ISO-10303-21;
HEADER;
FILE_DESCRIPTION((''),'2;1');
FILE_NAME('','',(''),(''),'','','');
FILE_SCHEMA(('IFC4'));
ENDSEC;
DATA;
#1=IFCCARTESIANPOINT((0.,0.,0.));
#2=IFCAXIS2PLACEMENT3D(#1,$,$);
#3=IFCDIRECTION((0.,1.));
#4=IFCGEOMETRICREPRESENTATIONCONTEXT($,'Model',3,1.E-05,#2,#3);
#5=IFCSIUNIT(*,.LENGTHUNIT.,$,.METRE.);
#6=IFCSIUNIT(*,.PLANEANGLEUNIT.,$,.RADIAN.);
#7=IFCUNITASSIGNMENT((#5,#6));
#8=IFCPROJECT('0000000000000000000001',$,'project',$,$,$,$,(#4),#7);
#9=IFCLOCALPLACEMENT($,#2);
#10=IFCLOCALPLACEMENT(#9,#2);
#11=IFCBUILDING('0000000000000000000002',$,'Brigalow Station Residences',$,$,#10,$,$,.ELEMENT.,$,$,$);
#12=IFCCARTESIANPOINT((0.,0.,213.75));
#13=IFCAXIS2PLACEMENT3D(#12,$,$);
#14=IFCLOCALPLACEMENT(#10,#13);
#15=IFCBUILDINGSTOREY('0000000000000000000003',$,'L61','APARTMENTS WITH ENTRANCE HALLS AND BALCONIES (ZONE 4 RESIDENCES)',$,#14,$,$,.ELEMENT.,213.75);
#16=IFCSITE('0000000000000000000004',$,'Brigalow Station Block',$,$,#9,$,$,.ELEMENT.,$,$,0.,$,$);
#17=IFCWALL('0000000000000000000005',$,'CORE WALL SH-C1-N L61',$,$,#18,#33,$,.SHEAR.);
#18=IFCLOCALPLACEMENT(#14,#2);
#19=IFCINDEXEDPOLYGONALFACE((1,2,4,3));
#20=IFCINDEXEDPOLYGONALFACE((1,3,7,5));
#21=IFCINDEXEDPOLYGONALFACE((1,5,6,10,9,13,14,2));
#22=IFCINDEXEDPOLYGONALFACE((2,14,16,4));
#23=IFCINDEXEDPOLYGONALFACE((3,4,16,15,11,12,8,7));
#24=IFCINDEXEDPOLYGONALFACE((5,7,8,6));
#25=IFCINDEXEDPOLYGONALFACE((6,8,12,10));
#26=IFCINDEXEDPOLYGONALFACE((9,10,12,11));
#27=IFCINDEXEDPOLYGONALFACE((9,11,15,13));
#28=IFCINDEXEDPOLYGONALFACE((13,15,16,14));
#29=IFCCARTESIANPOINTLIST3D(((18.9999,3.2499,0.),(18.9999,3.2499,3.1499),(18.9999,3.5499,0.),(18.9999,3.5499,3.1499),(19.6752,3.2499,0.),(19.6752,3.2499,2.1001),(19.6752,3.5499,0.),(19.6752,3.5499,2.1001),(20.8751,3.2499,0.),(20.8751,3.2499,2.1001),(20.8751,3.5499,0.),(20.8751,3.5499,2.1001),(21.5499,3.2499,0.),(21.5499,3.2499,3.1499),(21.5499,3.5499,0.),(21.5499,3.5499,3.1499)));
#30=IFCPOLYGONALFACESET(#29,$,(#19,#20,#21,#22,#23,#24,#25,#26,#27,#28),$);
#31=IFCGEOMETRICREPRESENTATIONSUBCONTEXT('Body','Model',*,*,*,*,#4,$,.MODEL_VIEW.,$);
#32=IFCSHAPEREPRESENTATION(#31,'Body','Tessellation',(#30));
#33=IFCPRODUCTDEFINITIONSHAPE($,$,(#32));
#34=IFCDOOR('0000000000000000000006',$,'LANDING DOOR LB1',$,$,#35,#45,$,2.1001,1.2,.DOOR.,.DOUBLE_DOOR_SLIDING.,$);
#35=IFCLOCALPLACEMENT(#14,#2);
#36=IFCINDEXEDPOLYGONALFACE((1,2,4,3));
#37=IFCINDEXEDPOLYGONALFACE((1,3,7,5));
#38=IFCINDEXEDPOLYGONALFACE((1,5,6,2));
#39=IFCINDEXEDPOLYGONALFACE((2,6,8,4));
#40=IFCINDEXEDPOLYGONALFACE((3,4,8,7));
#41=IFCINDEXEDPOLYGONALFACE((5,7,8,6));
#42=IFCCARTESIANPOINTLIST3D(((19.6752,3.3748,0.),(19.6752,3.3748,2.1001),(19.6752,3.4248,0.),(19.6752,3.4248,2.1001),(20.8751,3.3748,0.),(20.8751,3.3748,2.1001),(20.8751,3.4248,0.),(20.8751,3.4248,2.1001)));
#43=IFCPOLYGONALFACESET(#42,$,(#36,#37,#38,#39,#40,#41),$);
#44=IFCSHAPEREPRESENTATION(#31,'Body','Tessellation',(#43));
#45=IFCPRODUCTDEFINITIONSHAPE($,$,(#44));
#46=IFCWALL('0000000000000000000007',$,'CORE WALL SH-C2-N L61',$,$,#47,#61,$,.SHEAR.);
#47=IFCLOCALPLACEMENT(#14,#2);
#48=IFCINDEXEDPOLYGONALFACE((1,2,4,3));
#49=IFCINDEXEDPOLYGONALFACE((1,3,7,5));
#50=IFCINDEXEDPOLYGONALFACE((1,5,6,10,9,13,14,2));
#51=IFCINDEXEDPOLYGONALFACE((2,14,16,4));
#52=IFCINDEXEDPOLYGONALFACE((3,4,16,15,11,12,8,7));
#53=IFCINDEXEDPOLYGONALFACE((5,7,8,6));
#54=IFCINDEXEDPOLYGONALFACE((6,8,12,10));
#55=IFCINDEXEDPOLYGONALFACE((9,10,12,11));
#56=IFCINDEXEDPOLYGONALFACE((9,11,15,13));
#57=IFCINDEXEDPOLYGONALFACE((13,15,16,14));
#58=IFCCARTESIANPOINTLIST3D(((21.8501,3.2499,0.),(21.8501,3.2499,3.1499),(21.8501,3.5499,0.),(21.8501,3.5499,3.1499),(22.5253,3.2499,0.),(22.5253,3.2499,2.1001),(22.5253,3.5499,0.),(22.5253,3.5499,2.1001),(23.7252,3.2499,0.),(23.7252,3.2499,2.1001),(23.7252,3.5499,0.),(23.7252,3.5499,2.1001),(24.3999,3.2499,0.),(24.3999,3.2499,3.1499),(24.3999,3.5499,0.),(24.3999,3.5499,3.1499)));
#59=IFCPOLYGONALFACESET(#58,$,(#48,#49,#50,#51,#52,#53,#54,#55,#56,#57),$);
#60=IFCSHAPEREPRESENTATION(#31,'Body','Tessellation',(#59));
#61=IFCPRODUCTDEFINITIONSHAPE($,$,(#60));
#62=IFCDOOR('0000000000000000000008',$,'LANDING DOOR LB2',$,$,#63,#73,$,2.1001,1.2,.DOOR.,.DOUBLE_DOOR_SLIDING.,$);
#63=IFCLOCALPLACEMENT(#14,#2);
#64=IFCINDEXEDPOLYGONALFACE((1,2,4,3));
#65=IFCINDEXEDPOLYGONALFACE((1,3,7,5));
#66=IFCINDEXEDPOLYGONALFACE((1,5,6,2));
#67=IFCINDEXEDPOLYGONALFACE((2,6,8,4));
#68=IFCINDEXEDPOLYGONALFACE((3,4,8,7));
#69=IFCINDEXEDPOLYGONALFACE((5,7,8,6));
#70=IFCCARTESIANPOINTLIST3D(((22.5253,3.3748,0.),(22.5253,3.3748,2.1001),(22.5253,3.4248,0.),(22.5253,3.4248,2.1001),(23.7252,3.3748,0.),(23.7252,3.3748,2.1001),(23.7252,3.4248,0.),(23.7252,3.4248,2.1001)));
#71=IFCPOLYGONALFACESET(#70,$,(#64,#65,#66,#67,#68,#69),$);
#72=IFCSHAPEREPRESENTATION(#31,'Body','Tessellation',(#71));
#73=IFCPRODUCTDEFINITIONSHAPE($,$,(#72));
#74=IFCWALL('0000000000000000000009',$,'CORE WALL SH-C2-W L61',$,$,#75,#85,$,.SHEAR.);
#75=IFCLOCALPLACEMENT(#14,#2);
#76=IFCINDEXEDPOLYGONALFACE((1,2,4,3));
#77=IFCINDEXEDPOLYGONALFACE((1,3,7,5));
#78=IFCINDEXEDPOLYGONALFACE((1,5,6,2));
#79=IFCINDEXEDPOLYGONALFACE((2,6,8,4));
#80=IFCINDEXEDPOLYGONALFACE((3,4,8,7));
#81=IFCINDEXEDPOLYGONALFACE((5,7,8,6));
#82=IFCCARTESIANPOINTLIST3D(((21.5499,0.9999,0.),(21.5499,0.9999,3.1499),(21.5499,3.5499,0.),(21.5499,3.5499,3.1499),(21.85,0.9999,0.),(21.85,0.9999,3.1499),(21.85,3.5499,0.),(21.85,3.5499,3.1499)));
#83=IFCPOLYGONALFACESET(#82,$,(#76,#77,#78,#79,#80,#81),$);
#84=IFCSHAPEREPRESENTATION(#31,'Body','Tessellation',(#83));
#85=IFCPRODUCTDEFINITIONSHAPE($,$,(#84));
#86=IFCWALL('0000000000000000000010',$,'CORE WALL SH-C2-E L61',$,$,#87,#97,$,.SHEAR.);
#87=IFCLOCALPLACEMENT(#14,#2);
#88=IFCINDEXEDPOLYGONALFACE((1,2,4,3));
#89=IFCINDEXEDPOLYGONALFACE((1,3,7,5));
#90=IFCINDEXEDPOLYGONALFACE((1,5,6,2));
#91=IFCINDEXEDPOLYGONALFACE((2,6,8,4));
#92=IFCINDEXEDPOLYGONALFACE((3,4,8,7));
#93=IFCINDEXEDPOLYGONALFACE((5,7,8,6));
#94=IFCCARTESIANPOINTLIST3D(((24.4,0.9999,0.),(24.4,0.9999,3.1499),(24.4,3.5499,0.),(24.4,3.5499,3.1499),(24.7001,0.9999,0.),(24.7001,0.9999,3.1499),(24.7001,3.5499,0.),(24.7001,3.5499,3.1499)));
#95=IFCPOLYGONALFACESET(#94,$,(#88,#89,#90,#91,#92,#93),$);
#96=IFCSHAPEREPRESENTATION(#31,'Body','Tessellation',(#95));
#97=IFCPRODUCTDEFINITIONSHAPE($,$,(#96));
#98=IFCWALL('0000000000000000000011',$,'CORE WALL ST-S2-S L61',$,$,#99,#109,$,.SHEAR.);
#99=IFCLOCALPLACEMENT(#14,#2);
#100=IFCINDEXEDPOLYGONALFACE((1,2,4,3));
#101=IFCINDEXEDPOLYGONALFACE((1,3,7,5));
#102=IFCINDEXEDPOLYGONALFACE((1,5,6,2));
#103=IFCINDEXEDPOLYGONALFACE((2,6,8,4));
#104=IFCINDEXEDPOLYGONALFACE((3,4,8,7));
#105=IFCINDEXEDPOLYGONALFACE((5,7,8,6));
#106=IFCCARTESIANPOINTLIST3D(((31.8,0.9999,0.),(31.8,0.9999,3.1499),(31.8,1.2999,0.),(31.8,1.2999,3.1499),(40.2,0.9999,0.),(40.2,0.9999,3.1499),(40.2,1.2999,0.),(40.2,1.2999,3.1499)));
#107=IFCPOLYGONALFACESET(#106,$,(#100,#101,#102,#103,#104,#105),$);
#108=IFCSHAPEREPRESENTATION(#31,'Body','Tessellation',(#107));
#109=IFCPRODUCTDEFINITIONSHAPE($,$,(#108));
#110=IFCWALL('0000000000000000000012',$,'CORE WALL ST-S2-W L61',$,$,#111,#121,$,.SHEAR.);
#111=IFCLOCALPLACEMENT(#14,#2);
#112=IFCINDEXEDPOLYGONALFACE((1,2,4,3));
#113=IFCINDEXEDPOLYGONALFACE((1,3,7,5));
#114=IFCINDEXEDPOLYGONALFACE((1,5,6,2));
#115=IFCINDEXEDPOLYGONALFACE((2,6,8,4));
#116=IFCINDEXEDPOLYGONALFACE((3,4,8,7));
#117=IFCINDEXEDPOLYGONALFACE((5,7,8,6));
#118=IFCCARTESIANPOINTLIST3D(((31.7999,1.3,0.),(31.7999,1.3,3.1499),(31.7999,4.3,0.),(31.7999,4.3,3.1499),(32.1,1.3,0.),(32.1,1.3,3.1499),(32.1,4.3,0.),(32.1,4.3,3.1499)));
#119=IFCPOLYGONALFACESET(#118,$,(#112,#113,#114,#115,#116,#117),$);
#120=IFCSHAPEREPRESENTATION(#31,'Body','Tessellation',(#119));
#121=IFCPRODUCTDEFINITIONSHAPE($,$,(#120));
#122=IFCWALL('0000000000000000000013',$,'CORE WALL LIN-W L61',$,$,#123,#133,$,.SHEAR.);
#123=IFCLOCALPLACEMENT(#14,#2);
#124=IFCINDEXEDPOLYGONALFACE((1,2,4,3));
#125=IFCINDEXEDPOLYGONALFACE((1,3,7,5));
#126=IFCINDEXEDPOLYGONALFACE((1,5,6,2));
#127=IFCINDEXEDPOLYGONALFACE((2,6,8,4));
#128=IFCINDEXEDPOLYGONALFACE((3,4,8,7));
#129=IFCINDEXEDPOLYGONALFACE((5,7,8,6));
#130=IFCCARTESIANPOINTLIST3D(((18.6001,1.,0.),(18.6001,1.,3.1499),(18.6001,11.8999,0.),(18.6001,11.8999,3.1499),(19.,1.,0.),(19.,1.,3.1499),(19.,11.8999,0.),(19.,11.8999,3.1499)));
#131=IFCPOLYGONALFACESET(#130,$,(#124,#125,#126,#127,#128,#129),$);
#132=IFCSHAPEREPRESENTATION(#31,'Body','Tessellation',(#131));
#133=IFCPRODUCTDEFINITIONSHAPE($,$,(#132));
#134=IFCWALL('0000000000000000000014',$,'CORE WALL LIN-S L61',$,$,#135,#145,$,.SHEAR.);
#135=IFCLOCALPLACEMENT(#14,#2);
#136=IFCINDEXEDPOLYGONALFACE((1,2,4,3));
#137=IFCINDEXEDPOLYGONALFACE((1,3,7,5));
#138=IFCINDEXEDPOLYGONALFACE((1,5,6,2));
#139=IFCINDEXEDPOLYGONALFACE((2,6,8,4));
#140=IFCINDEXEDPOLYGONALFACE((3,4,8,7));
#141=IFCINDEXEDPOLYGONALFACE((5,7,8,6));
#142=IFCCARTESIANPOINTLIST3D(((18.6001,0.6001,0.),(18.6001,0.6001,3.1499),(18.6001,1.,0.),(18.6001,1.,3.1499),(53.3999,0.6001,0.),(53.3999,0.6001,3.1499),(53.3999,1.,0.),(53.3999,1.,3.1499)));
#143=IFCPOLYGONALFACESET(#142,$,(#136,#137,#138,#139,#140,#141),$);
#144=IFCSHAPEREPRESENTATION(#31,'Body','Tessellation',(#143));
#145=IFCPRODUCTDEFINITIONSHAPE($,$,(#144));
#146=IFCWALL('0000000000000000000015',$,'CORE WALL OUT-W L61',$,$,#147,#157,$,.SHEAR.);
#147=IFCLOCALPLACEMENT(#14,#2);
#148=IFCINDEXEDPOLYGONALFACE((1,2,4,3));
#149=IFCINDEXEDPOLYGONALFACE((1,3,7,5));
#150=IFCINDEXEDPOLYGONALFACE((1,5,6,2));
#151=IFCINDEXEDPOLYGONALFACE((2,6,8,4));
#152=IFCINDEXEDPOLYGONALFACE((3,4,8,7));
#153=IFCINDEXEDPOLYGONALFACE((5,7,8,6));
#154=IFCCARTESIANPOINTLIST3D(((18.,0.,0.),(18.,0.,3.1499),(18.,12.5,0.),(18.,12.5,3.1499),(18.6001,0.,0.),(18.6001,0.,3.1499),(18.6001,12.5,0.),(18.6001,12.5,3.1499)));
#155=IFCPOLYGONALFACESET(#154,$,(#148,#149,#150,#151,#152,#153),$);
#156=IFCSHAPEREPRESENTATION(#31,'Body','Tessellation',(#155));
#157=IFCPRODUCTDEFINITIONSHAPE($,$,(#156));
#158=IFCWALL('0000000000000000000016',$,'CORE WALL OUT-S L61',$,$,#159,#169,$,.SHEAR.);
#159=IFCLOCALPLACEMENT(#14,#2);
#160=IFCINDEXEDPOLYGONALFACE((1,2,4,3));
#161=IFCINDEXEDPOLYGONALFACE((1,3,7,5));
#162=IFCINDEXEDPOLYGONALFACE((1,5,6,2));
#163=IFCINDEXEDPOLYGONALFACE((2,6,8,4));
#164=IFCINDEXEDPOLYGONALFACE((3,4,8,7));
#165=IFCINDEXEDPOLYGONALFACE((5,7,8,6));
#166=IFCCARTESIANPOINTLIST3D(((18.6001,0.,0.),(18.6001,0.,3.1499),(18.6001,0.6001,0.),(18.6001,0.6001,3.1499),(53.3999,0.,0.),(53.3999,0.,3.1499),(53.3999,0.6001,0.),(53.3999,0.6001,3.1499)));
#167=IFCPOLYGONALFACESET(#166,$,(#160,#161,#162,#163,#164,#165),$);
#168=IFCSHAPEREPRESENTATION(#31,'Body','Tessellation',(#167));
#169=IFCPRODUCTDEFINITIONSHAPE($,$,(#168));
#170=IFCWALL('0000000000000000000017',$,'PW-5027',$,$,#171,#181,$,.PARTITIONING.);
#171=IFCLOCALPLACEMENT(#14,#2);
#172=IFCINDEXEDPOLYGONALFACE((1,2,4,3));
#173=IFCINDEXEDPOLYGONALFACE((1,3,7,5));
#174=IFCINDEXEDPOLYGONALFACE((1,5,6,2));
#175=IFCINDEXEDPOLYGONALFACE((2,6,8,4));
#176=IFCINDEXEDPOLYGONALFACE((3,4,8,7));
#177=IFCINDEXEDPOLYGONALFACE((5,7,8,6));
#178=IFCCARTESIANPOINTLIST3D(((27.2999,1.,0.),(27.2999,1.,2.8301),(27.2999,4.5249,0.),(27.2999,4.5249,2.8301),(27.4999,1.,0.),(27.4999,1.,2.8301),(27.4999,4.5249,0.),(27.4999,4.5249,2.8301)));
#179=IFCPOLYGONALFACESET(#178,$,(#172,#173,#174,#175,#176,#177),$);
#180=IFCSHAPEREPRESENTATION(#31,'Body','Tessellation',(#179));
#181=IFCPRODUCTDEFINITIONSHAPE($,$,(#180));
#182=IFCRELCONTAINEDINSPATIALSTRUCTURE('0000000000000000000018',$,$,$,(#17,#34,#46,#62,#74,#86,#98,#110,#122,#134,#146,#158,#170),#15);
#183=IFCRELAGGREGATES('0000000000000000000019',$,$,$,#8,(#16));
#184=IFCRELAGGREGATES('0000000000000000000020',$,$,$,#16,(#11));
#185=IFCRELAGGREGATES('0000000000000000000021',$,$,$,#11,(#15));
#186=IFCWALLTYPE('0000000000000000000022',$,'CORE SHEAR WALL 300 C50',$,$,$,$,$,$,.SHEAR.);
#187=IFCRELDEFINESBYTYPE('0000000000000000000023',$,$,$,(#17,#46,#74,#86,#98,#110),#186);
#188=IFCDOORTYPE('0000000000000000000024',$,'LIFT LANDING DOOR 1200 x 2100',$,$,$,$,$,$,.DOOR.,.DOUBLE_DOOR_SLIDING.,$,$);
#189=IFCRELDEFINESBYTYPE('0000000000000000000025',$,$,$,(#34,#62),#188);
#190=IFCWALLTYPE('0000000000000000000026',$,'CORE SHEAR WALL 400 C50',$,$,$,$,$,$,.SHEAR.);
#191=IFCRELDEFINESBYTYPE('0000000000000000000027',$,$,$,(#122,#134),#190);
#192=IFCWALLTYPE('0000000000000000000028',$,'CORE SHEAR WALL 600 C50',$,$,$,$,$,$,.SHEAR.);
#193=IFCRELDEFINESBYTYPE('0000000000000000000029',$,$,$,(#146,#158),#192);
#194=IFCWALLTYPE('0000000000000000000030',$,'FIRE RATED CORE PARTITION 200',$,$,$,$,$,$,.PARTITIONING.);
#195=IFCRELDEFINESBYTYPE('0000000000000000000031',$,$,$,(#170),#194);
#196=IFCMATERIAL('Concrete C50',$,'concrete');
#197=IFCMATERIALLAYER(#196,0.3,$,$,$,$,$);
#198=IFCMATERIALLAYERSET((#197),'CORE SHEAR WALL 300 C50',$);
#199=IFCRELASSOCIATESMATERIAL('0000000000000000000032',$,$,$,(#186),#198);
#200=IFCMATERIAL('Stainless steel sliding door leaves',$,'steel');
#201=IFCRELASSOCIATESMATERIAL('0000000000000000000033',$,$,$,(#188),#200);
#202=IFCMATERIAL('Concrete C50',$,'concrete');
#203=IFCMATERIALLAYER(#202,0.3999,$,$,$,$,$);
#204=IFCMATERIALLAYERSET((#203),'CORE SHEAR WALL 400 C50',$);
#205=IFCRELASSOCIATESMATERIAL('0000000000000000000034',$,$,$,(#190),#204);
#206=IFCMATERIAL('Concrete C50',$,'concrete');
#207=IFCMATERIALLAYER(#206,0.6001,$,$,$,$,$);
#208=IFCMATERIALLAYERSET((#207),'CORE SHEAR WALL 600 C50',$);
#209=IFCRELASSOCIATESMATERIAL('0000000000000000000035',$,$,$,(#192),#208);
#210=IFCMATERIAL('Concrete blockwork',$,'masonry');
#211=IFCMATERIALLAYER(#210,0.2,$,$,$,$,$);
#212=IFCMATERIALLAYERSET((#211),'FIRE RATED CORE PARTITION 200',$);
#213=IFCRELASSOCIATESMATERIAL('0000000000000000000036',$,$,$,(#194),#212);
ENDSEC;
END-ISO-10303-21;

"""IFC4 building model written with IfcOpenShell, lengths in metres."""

from ifc_helpers import new_model, si_unit, direction, frame, frame_2d, origin, place, context, subcontext, project, spatial, rectangle, extrude, material, layer, layer_set, type_object, element, fill, save


model = new_model("IFC4")

# Units and contexts
model_context = context("Model", 3, precision=1e-05, world=origin(), true_north=direction((0.0, 1.0)))
body_context = subcontext(model_context, "Body", "Model", "MODEL_VIEW")
ifc_project = project(units=[si_unit("LENGTHUNIT", "METRE"), si_unit("PLANEANGLEUNIT", "RADIAN")], contexts=[model_context])

# Site, building, storey
site_placement = place(None, origin())
site = spatial("IfcSite", under=ifc_project, at=site_placement, Name="Brigalow Station Block", CompositionType="ELEMENT", RefElevation=0.0)
building_placement = place(site_placement, origin())
building = spatial("IfcBuilding", under=site, at=building_placement, Name="Brigalow Station Residences", CompositionType="ELEMENT")
storey_placement = place(building_placement, frame((0.0, 0.0, 213.75)))
storey = spatial("IfcBuildingStorey", under=building, at=storey_placement, Name="L61", Description="APARTMENTS WITH ENTRANCE HALLS AND BALCONIES (ZONE 4 RESIDENCES)", CompositionType="ELEMENT", Elevation=213.75)

# Walls, openings, doors
ifc_material_1 = material(Name="Concrete C50", Category="concrete")
ifc_layer_1 = layer(ifc_material_1, 0.3)
ifc_layer_set_1 = layer_set([ifc_layer_1], Name="CORE SHEAR WALL 300 C50")
wall_type_1 = type_object("IfcWallType", Name="CORE SHEAR WALL 300 C50", PredefinedType="SHEAR", material=ifc_layer_set_1)
wall_1_placement = place(storey_placement, frame((19.0, 3.3999, 0.0), z_axis=(0.0, 0.0, 1.0), x_axis=(1.0, 0.0, 0.0)))
wall_1 = element("IfcWall", 1, at=wall_1_placement, inside=storey, type_object=wall_type_1, Name="CORE WALL SH-C1-N L61", PredefinedType="SHEAR", context=body_context, shape_type="SweptSolid", body=[
    extrude(rectangle(XDim=2.55, YDim=0.3, at=frame_2d((1.2749, 0.0))), origin(), (0.0, 0.0, 1.0), 3.1499),
])
opening_1_placement = place(wall_1_placement, frame((0.675, 0.0, 0.0)))
opening_1 = element("IfcOpeningElement", 2, at=opening_1_placement, cuts=wall_1, PredefinedType="OPENING", context=body_context, shape_type="SweptSolid", body=[
    extrude(rectangle(XDim=1.2, YDim=2.1001, at=frame_2d((0.6001, 1.05))), frame((0.0, 0.1602, 0.0), z_axis=(0.0, -1.0, 0.0), x_axis=(1.0, 0.0, 0.0)), (0.0, 0.0, 1.0), 0.3201),
])
ifc_material_2 = material(Name="Stainless steel sliding door leaves", Category="steel")
door_type = type_object("IfcDoorType", Name="LIFT LANDING DOOR 1200 x 2100", OperationType="DOUBLE_DOOR_SLIDING", PredefinedType="DOOR", material=ifc_material_2)
door_1_placement = place(opening_1_placement, origin())
door_1 = element("IfcDoor", 3, at=door_1_placement, inside=storey, type_object=door_type, Name="LANDING DOOR LB1", OperationType="DOUBLE_DOOR_SLIDING", OverallHeight=2.1001, OverallWidth=1.2, PredefinedType="DOOR", context=body_context, shape_type="SweptSolid", body=[
    extrude(rectangle(XDim=1.2, YDim=2.1001, at=frame_2d((0.6001, 1.05))), frame((0.0, 0.0249, 0.0), z_axis=(0.0, -1.0, 0.0), x_axis=(1.0, 0.0, 0.0)), (0.0, 0.0, 1.0), 0.05),
])
fill(opening_1, door_1)
wall_2_placement = place(storey_placement, frame((21.8501, 3.3999, 0.0), z_axis=(0.0, 0.0, 1.0), x_axis=(1.0, 0.0, 0.0)))
wall_2 = element("IfcWall", 4, at=wall_2_placement, inside=storey, type_object=wall_type_1, Name="CORE WALL SH-C2-N L61", PredefinedType="SHEAR", context=body_context, shape_type="SweptSolid", body=[
    extrude(rectangle(XDim=2.5498, YDim=0.3, at=frame_2d((1.2749, 0.0))), origin(), (0.0, 0.0, 1.0), 3.1499),
])
opening_2_placement = place(wall_2_placement, frame((0.675, 0.0, 0.0)))
opening_2 = element("IfcOpeningElement", 5, at=opening_2_placement, cuts=wall_2, PredefinedType="OPENING", context=body_context, shape_type="SweptSolid", body=[
    extrude(rectangle(XDim=1.2, YDim=2.1001, at=frame_2d((0.6001, 1.05))), frame((0.0, 0.1602, 0.0), z_axis=(0.0, -1.0, 0.0), x_axis=(1.0, 0.0, 0.0)), (0.0, 0.0, 1.0), 0.3201),
])
door_2_placement = place(opening_2_placement, origin())
door_2 = element("IfcDoor", 6, at=door_2_placement, inside=storey, type_object=door_type, Name="LANDING DOOR LB2", OperationType="DOUBLE_DOOR_SLIDING", OverallHeight=2.1001, OverallWidth=1.2, PredefinedType="DOOR", context=body_context, shape_type="SweptSolid", body=[
    extrude(rectangle(XDim=1.2, YDim=2.1001, at=frame_2d((0.6001, 1.05))), frame((0.0, 0.0249, 0.0), z_axis=(0.0, -1.0, 0.0), x_axis=(1.0, 0.0, 0.0)), (0.0, 0.0, 1.0), 0.05),
])
fill(opening_2, door_2)

# Walls
for number, where, z_axis, x_axis, name in (
    (7, (21.7, 1.0, 0.0), (0.0, 0.0, 1.0), (0.0, 1.0, 0.0), "CORE WALL SH-C2-W L61"),
    (8, (24.55, 1.0, 0.0), (0.0, 0.0, 1.0), (0.0, 1.0, 0.0), "CORE WALL SH-C2-E L61"),
):
    element("IfcWall", number, at=place(storey_placement, frame(where, z_axis=z_axis, x_axis=x_axis)), inside=storey, type_object=wall_type_1, Name=name, PredefinedType="SHEAR", context=body_context, shape_type="SweptSolid", body=[
        extrude(rectangle(XDim=2.55, YDim=0.3, at=frame_2d((1.2749, 0.0))), origin(), (0.0, 0.0, 1.0), 3.1499),
    ])
wall_3_placement = place(storey_placement, frame((31.8, 1.1499, 0.0), z_axis=(0.0, 0.0, 1.0), x_axis=(1.0, 0.0, 0.0)))
element("IfcWall", 9, at=wall_3_placement, inside=storey, type_object=wall_type_1, Name="CORE WALL ST-S2-S L61", PredefinedType="SHEAR", context=body_context, shape_type="SweptSolid", body=[
    extrude(rectangle(XDim=8.3999, YDim=0.3, at=frame_2d((4.2, 0.0))), origin(), (0.0, 0.0, 1.0), 3.1499),
])
wall_4_placement = place(storey_placement, frame((31.95, 1.3, 0.0), z_axis=(0.0, 0.0, 1.0), x_axis=(0.0, 1.0, 0.0)))
element("IfcWall", 10, at=wall_4_placement, inside=storey, type_object=wall_type_1, Name="CORE WALL ST-S2-W L61", PredefinedType="SHEAR", context=body_context, shape_type="SweptSolid", body=[
    extrude(rectangle(XDim=3.0, YDim=0.3, at=frame_2d((1.5, 0.0))), origin(), (0.0, 0.0, 1.0), 3.1499),
])
ifc_material_3 = material(Name="Concrete C50", Category="concrete")
ifc_layer_2 = layer(ifc_material_3, 0.3999)
ifc_layer_set_2 = layer_set([ifc_layer_2], Name="CORE SHEAR WALL 400 C50")
wall_type_2 = type_object("IfcWallType", Name="CORE SHEAR WALL 400 C50", PredefinedType="SHEAR", material=ifc_layer_set_2)
wall_5_placement = place(storey_placement, frame((18.8, 1.0, 0.0), z_axis=(0.0, 0.0, 1.0), x_axis=(0.0, 1.0, 0.0)))
element("IfcWall", 11, at=wall_5_placement, inside=storey, type_object=wall_type_2, Name="CORE WALL LIN-W L61", PredefinedType="SHEAR", context=body_context, shape_type="SweptSolid", body=[
    extrude(rectangle(XDim=10.8999, YDim=0.3999, at=frame_2d((5.45, 0.0))), origin(), (0.0, 0.0, 1.0), 3.1499),
])
wall_6_placement = place(storey_placement, frame((18.6001, 0.8, 0.0), z_axis=(0.0, 0.0, 1.0), x_axis=(1.0, 0.0, 0.0)))
element("IfcWall", 12, at=wall_6_placement, inside=storey, type_object=wall_type_2, Name="CORE WALL LIN-S L61", PredefinedType="SHEAR", context=body_context, shape_type="SweptSolid", body=[
    extrude(rectangle(XDim=34.7998, YDim=0.3999, at=frame_2d((17.3999, 0.0))), origin(), (0.0, 0.0, 1.0), 3.1499),
])
ifc_material_4 = material(Name="Concrete C50", Category="concrete")
ifc_layer_3 = layer(ifc_material_4, 0.6001)
ifc_layer_set_3 = layer_set([ifc_layer_3], Name="CORE SHEAR WALL 600 C50")
wall_type_3 = type_object("IfcWallType", Name="CORE SHEAR WALL 600 C50", PredefinedType="SHEAR", material=ifc_layer_set_3)
wall_7_placement = place(storey_placement, frame((18.3, 0.0, 0.0), z_axis=(0.0, 0.0, 1.0), x_axis=(0.0, 1.0, 0.0)))
element("IfcWall", 13, at=wall_7_placement, inside=storey, type_object=wall_type_3, Name="CORE WALL OUT-W L61", PredefinedType="SHEAR", context=body_context, shape_type="SweptSolid", body=[
    extrude(rectangle(XDim=12.5, YDim=0.6001, at=frame_2d((6.25, 0.0))), origin(), (0.0, 0.0, 1.0), 3.1499),
])
wall_8_placement = place(storey_placement, frame((18.6001, 0.3, 0.0), z_axis=(0.0, 0.0, 1.0), x_axis=(1.0, 0.0, 0.0)))
element("IfcWall", 14, at=wall_8_placement, inside=storey, type_object=wall_type_3, Name="CORE WALL OUT-S L61", PredefinedType="SHEAR", context=body_context, shape_type="SweptSolid", body=[
    extrude(rectangle(XDim=34.7998, YDim=0.6001, at=frame_2d((17.3999, 0.0))), origin(), (0.0, 0.0, 1.0), 3.1499),
])
ifc_material_5 = material(Name="Concrete blockwork", Category="masonry")
ifc_layer_4 = layer(ifc_material_5, 0.2)
ifc_layer_set_4 = layer_set([ifc_layer_4], Name="FIRE RATED CORE PARTITION 200")
wall_type_4 = type_object("IfcWallType", Name="FIRE RATED CORE PARTITION 200", PredefinedType="PARTITIONING", material=ifc_layer_set_4)
wall_9_placement = place(storey_placement, frame((27.3999, 1.0, 0.0), z_axis=(0.0, 0.0, 1.0), x_axis=(0.0, 1.0, 0.0)))
element("IfcWall", 15, at=wall_9_placement, inside=storey, type_object=wall_type_4, Name="PW-5027", PredefinedType="PARTITIONING", context=body_context, shape_type="SweptSolid", body=[
    extrude(rectangle(XDim=3.5249, YDim=0.2, at=frame_2d((1.7625, 0.0))), origin(), (0.0, 0.0, 1.0), 2.8301),
])

save(model, "model.ifc")
